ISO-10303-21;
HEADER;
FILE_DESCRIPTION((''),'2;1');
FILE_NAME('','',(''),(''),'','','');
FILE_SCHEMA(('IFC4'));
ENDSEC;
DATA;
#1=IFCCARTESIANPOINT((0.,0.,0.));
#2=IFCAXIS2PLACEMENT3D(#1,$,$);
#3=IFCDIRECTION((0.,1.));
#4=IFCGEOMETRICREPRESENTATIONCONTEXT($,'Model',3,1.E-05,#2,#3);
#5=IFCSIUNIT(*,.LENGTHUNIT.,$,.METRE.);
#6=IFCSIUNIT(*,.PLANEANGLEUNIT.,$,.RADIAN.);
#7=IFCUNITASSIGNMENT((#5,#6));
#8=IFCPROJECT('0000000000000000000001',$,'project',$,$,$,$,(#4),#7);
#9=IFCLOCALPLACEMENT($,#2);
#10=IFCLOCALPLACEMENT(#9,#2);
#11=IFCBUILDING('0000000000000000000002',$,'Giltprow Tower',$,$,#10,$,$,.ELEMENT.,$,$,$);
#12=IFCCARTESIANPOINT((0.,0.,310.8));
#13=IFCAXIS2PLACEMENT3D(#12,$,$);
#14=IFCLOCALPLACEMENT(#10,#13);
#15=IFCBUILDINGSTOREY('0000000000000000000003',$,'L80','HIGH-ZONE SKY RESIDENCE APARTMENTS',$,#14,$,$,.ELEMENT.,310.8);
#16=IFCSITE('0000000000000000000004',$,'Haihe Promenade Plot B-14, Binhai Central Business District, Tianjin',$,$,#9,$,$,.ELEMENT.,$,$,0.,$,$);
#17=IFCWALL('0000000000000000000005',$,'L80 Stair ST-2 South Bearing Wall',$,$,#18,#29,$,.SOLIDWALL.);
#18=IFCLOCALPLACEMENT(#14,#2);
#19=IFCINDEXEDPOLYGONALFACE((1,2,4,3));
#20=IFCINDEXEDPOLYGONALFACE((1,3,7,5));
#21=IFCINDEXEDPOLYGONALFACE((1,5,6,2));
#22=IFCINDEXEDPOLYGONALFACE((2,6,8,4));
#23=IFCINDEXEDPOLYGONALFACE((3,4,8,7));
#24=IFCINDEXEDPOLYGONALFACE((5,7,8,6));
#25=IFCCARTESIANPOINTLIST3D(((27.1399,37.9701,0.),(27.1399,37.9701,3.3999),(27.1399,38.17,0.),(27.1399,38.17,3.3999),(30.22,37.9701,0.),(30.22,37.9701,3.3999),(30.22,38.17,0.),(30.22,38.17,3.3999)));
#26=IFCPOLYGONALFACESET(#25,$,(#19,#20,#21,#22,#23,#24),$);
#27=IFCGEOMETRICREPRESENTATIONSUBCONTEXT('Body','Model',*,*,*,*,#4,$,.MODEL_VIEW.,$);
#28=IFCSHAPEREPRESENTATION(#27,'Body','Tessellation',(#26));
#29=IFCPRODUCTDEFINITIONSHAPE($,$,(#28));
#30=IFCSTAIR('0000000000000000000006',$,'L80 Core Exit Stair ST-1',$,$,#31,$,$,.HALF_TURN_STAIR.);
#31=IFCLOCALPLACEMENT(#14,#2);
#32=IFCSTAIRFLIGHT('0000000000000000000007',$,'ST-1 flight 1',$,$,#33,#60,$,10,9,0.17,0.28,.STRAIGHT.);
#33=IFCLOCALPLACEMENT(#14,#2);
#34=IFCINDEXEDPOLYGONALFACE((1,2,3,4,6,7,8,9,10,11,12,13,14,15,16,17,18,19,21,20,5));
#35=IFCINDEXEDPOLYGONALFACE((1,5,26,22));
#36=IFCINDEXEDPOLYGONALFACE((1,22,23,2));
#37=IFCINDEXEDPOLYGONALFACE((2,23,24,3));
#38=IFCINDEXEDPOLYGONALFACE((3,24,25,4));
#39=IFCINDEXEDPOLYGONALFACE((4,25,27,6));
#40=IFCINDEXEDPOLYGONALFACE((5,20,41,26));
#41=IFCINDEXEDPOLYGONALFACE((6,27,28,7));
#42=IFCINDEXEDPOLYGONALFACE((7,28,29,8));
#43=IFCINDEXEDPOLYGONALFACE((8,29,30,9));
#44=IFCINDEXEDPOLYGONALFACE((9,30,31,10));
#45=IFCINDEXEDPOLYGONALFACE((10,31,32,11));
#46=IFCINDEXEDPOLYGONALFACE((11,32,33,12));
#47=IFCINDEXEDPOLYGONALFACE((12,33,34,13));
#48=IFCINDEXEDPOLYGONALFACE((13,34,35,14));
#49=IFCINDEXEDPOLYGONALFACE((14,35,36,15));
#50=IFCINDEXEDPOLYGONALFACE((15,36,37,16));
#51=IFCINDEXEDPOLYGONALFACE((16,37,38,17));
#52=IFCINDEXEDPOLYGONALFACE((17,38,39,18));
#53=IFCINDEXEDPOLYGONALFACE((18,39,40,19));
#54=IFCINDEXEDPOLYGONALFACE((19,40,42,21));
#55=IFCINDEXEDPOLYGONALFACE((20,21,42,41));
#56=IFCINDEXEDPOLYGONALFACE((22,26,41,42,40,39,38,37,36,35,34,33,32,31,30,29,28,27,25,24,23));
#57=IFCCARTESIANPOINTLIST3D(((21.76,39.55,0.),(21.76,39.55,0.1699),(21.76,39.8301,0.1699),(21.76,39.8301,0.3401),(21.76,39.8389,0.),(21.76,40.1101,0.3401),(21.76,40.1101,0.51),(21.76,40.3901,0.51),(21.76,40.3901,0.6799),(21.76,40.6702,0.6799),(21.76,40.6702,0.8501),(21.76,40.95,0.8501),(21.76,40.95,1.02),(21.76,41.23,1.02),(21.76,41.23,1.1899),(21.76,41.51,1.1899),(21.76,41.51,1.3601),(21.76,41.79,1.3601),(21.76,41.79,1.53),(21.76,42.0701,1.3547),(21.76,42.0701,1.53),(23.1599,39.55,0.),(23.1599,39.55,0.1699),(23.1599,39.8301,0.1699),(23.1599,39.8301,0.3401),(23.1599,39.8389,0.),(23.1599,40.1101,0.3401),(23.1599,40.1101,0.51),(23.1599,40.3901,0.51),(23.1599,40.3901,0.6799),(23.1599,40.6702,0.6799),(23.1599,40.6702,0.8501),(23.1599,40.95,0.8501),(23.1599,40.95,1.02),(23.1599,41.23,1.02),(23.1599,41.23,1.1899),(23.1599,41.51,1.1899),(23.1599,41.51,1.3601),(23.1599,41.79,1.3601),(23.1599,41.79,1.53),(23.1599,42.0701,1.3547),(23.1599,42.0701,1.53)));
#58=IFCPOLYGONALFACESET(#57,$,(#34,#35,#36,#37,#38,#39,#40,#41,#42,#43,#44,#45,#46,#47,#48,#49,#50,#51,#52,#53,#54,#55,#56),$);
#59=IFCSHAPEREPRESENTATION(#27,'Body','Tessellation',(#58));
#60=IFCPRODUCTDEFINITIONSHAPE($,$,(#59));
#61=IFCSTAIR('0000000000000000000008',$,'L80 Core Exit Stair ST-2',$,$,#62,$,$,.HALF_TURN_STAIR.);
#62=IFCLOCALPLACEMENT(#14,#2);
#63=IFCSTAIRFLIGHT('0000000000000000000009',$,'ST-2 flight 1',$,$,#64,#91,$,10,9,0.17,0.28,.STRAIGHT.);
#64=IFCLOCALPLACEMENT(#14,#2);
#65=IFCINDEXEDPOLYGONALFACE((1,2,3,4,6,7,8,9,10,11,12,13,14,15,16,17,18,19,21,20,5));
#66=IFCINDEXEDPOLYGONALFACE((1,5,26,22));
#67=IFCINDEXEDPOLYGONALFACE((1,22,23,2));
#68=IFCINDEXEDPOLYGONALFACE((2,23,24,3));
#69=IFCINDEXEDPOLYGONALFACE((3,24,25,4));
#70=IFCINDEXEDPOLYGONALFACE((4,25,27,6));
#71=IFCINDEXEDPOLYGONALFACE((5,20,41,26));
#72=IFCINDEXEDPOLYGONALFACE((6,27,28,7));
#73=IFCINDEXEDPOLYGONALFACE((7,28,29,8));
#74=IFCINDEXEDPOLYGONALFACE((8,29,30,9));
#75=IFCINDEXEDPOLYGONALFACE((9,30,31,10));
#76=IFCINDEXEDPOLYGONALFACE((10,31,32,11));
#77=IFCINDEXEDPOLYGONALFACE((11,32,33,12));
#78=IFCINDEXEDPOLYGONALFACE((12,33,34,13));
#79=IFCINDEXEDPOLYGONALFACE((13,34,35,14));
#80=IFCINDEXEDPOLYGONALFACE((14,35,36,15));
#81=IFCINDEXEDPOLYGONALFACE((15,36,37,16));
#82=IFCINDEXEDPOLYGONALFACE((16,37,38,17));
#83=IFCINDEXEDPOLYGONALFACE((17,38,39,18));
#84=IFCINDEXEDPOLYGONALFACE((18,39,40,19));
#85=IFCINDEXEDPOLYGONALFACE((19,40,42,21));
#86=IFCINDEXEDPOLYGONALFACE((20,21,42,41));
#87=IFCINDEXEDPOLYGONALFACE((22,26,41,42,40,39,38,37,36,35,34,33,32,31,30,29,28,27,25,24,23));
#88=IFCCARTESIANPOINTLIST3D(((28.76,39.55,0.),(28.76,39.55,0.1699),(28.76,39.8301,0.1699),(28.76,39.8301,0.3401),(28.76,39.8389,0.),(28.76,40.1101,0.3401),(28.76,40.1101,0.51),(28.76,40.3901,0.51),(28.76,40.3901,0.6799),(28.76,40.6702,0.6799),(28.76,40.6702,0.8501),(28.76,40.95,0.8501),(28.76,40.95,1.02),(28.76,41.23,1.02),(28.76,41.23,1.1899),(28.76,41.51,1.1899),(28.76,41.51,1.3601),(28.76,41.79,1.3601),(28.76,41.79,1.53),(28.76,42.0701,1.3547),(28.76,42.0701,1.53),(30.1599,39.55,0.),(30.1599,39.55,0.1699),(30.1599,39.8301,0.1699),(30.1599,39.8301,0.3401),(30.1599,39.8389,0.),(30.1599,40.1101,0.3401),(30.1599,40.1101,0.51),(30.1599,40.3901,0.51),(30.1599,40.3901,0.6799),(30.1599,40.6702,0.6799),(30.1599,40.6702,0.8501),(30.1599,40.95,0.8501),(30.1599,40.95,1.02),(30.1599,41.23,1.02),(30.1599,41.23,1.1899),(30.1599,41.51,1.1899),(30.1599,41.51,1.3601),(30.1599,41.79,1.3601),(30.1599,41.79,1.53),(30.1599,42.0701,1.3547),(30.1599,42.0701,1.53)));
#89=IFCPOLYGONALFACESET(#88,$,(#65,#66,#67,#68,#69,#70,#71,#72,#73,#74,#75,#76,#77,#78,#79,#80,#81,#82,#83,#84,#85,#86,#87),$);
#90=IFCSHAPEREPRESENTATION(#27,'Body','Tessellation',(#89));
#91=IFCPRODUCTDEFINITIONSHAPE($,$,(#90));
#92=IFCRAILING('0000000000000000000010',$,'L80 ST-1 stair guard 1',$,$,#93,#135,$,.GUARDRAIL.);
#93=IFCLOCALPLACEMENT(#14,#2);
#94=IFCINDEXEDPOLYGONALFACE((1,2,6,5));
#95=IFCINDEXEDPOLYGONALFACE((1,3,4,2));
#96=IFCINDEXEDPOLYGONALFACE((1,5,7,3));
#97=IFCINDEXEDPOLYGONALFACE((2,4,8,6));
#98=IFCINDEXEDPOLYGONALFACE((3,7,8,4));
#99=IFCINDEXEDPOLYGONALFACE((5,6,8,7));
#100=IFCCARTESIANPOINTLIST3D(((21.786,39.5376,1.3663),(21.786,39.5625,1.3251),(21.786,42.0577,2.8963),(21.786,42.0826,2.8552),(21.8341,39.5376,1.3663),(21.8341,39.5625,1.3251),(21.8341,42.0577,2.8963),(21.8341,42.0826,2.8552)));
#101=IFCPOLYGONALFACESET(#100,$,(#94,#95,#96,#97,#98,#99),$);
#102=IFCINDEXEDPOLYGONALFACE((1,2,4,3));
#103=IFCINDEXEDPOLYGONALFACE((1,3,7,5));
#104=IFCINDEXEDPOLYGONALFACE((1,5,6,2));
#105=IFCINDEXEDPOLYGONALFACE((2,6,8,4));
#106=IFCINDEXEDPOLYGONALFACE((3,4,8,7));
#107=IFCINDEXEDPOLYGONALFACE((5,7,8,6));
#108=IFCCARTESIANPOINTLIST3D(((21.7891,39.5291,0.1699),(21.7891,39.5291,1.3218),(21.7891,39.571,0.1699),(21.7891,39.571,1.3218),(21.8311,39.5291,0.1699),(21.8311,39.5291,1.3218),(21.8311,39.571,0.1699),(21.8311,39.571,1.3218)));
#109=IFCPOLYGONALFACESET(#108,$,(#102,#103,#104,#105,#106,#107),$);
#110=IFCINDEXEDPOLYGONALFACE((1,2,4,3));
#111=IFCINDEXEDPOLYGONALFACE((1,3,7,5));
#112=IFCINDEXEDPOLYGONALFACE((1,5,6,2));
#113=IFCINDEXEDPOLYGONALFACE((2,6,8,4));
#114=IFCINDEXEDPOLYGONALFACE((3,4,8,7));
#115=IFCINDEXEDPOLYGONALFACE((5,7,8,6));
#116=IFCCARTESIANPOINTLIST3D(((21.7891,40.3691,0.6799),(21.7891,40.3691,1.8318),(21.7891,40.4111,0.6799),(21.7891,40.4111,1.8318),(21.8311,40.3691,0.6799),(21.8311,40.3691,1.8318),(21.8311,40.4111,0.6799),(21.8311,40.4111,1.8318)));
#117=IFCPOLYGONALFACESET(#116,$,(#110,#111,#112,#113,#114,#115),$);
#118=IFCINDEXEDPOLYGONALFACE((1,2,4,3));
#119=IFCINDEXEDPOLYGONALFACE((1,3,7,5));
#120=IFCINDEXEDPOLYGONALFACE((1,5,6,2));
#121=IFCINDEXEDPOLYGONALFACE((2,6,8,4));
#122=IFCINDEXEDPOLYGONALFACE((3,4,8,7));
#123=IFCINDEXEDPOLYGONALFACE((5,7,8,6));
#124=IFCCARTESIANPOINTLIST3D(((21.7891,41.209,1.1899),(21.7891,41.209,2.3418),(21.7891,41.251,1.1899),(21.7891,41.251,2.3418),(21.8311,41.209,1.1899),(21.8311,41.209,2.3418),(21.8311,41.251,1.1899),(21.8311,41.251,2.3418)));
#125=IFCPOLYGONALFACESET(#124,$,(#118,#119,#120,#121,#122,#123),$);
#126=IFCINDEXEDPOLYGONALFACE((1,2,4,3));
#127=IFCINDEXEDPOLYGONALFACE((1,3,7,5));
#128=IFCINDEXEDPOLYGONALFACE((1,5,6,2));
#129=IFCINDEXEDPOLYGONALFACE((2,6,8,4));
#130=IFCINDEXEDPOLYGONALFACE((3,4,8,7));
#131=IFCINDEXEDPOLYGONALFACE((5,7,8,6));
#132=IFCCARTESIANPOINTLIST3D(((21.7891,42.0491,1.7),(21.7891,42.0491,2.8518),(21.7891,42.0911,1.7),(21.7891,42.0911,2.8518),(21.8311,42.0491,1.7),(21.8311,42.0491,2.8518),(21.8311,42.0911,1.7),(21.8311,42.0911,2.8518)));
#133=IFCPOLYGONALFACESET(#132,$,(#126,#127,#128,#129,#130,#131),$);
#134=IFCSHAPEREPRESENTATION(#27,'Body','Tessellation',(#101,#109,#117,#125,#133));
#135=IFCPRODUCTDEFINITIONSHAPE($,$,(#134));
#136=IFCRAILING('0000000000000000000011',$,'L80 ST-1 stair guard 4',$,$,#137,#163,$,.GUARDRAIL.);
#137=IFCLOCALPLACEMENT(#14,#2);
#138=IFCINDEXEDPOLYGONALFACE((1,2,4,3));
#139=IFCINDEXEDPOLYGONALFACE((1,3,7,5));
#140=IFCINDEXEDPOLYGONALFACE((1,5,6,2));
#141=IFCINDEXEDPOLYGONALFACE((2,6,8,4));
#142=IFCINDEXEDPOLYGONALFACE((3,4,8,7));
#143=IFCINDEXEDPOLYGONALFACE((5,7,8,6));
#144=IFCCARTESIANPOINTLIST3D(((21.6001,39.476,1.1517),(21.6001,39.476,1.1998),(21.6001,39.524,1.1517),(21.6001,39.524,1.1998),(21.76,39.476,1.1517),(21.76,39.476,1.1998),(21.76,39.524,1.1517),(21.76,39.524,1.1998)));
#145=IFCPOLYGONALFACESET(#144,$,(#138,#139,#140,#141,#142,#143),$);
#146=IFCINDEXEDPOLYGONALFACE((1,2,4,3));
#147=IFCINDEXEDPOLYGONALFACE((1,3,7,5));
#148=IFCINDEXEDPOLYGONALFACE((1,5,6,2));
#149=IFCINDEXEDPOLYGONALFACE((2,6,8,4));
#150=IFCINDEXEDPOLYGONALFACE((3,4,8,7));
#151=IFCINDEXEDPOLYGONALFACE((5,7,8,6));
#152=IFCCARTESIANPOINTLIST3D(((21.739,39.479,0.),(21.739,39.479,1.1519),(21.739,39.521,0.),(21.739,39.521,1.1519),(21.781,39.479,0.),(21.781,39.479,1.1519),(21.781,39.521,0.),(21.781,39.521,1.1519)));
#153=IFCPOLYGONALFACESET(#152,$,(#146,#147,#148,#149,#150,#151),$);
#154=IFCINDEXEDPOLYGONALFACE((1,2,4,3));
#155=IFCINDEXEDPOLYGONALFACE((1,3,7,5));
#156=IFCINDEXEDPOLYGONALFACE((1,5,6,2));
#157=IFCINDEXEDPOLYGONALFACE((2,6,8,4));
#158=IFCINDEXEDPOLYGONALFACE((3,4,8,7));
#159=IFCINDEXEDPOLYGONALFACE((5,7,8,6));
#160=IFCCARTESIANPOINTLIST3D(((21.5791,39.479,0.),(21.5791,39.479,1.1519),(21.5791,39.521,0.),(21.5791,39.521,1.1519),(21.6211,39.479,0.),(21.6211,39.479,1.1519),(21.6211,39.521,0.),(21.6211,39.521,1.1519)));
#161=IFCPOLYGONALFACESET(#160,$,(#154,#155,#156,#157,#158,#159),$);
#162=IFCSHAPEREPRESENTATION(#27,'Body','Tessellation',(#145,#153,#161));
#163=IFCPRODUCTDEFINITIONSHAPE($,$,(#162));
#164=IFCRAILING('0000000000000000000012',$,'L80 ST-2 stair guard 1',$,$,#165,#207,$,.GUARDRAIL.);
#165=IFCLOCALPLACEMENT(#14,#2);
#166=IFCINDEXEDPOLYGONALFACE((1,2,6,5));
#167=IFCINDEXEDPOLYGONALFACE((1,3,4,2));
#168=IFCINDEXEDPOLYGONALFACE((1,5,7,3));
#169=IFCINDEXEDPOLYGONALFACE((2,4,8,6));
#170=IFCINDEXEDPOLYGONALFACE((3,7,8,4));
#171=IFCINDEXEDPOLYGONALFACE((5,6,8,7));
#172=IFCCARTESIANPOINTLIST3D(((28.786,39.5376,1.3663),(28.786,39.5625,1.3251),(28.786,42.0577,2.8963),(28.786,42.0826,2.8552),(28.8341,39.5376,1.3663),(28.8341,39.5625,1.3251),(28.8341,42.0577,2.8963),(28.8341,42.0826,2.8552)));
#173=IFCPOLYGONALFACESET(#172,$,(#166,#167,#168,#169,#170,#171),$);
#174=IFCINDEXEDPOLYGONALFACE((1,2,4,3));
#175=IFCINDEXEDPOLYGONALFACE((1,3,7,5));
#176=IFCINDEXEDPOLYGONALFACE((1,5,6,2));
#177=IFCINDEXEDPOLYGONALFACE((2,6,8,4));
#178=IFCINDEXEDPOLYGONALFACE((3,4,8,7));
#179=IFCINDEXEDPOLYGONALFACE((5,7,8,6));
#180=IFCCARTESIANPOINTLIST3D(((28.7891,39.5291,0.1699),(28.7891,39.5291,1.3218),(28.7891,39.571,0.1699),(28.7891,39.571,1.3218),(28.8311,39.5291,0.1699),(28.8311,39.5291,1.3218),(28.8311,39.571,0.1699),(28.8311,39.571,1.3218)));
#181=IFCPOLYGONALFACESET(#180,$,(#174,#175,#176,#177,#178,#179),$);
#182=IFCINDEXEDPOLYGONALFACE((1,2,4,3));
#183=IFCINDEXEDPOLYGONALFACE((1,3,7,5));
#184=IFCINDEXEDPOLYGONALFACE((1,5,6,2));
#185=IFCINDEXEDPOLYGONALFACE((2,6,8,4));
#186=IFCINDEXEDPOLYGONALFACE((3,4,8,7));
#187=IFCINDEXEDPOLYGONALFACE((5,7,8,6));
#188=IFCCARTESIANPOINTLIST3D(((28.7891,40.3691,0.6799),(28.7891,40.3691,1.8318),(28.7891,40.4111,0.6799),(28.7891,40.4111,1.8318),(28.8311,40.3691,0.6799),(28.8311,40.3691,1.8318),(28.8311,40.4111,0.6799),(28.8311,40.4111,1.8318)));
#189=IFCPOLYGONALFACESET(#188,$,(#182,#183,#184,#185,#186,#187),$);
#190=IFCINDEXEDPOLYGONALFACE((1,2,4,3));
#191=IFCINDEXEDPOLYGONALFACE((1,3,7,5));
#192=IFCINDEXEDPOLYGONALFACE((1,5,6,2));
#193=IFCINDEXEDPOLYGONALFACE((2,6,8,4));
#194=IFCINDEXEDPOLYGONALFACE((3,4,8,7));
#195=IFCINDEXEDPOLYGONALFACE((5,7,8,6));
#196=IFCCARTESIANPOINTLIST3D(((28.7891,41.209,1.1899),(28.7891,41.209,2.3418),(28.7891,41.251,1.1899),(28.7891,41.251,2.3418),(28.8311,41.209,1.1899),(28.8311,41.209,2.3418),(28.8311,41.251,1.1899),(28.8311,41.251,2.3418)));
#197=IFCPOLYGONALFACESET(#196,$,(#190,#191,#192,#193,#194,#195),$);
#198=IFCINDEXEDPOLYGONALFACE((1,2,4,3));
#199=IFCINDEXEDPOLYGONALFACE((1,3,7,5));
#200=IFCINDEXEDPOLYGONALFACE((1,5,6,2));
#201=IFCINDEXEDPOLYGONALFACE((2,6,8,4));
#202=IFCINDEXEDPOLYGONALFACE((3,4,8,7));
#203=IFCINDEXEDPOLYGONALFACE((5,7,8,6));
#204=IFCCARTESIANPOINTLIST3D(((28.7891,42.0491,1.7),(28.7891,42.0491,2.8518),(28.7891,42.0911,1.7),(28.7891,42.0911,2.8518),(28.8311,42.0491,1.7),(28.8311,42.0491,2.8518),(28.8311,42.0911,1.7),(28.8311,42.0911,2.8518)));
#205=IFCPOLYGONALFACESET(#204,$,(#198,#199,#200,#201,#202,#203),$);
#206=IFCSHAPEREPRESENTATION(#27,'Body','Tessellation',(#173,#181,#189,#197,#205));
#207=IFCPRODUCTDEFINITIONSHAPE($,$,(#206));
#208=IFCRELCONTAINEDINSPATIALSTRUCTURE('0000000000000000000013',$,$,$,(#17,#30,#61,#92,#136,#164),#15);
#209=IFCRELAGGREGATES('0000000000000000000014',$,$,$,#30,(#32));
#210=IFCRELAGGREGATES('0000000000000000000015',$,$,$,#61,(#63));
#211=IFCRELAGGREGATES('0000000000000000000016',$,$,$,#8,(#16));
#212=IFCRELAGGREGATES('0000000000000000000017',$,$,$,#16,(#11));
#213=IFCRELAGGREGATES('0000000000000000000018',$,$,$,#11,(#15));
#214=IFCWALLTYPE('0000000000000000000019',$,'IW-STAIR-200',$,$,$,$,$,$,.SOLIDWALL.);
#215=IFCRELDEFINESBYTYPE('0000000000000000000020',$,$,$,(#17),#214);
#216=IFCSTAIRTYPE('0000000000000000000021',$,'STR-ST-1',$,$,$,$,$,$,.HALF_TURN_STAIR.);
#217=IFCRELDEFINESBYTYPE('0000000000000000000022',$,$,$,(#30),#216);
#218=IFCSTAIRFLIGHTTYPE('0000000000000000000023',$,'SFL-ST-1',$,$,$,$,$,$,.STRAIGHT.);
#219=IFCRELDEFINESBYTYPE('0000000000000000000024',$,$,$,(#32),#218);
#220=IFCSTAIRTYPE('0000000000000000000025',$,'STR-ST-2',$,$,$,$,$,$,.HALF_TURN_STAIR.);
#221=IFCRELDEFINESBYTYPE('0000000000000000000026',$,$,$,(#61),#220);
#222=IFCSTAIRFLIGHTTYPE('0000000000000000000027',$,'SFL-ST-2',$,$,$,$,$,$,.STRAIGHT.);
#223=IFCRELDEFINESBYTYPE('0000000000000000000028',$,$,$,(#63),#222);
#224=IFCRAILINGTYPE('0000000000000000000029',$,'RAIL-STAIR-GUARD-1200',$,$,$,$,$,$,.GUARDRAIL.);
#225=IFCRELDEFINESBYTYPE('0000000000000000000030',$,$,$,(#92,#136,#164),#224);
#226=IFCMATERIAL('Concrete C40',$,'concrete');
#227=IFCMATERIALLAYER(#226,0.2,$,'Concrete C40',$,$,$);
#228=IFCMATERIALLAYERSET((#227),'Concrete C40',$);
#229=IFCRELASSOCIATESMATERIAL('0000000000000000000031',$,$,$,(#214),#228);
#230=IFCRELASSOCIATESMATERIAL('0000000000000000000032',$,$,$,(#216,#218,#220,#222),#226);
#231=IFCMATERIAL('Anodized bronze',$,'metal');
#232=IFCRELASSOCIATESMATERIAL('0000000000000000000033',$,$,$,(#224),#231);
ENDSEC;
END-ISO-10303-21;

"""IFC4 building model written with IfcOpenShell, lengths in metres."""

from ifc_helpers import new_model, si_unit, direction, frame, frame_2d, origin, origin_2d, place, context, subcontext, project, spatial, polyline, rectangle, outline, extrude, material, layer, layer_set, type_object, element, aggregate, save


model = new_model("IFC4")

# Units and contexts
model_context = context("Model", 3, precision=1e-05, world=origin(), true_north=direction((0.0, 1.0)))
body_context = subcontext(model_context, "Body", "Model", "MODEL_VIEW")
ifc_project = project(units=[si_unit("LENGTHUNIT", "METRE"), si_unit("PLANEANGLEUNIT", "RADIAN")], contexts=[model_context])

# Site, building, storey
site_placement = place(None, origin())
site = spatial("IfcSite", under=ifc_project, at=site_placement, Name="Haihe Promenade Plot B-14, Binhai Central Business District, Tianjin", CompositionType="ELEMENT", RefElevation=0.0)
building_placement = place(site_placement, origin())
building = spatial("IfcBuilding", under=site, at=building_placement, Name="Giltprow Tower", CompositionType="ELEMENT")
storey_placement = place(building_placement, frame((0.0, 0.0, 310.8)))
storey = spatial("IfcBuildingStorey", under=building, at=storey_placement, Name="L80", Description="HIGH-ZONE SKY RESIDENCE APARTMENTS", CompositionType="ELEMENT", Elevation=310.8)

# Shared definitions
ifc_material_1 = material(Name="Concrete C40", Category="concrete")
ifc_layer_1 = layer(ifc_material_1, 0.2, Name="Concrete C40")
ifc_layer_set_1 = layer_set([ifc_layer_1], Name="Concrete C40")
wall_type_1 = type_object("IfcWallType", Name="IW-STAIR-200", PredefinedType="SOLIDWALL", material=ifc_layer_set_1)

# Wall
wall_1_placement = place(storey_placement, frame((27.1399, 38.0701, 0.0), z_axis=(0.0, 0.0, 1.0), x_axis=(1.0, 0.0, 0.0)))
element("IfcWall", 1, at=wall_1_placement, inside=storey, type_object=wall_type_1, Name="L80 Stair ST-2 South Bearing Wall", PredefinedType="SOLIDWALL", context=body_context, shape_type="SweptSolid", body=[
    extrude(rectangle(XDim=3.0801, YDim=0.2, at=frame_2d((1.54, 0.0))), origin(), (0.0, 0.0, 1.0), 3.3999),
])

# Stairs, stair flights
stair_type_1 = type_object("IfcStairType", Name="STR-ST-1", PredefinedType="HALF_TURN_STAIR", material=ifc_material_1)
stair_1_placement = place(storey_placement, origin())
stair_1 = element("IfcStair", 2, at=stair_1_placement, inside=storey, type_object=stair_type_1, Name="L80 Core Exit Stair ST-1", PredefinedType="HALF_TURN_STAIR")
stair_flight_type_1 = type_object("IfcStairFlightType", Name="SFL-ST-1", PredefinedType="STRAIGHT", material=ifc_material_1)
stair_flight_1_placement = place(storey_placement, frame((22.46, 39.55, 0.0), z_axis=(0.0, 0.0, 1.0), x_axis=(0.0, 1.0, 0.0)))
stair_flight_1 = element("IfcStairFlight", 3, at=stair_flight_1_placement, type_object=stair_flight_type_1, Name="ST-1 flight 1", NumberOfRisers=10, NumberOfTreads=9, PredefinedType="STRAIGHT", RiserHeight=0.17, TreadLength=0.28, context=body_context, shape_type="SweptSolid", body=[
    extrude(outline(polyline([(0.0, 0.0), (0.0, 0.1699), (0.28, 0.1699), (0.28, 0.3401), (0.5601, 0.3401), (0.5601, 0.51), (0.8401, 0.51), (0.8401, 0.6799), (1.1201, 0.6799), (1.1201, 0.8501), (1.3999, 0.8501), (1.3999, 1.02), (1.6799, 1.02), (1.6799, 1.1899), (1.96, 1.1899), (1.96, 1.3601), (2.24, 1.3601), (2.24, 1.53), (2.52, 1.53), (2.52, 1.7), (2.52, 1.3547), (0.2888, 0.0), (0.0, 0.0)])), frame((0.0, 0.7, 0.0), z_axis=(0.0, -1.0, 0.0), x_axis=(1.0, 0.0, 0.0)), (0.0, 0.0, 1.0), 1.3999),
])
aggregate(stair_1, [stair_flight_1])
stair_type_2 = type_object("IfcStairType", Name="STR-ST-2", PredefinedType="HALF_TURN_STAIR", material=ifc_material_1)
stair_2_placement = place(storey_placement, origin())
stair_2 = element("IfcStair", 4, at=stair_2_placement, inside=storey, type_object=stair_type_2, Name="L80 Core Exit Stair ST-2", PredefinedType="HALF_TURN_STAIR")
stair_flight_type_2 = type_object("IfcStairFlightType", Name="SFL-ST-2", PredefinedType="STRAIGHT", material=ifc_material_1)
stair_flight_2_placement = place(storey_placement, frame((29.46, 39.55, 0.0), z_axis=(0.0, 0.0, 1.0), x_axis=(0.0, 1.0, 0.0)))
stair_flight_2 = element("IfcStairFlight", 5, at=stair_flight_2_placement, type_object=stair_flight_type_2, Name="ST-2 flight 1", NumberOfRisers=10, NumberOfTreads=9, PredefinedType="STRAIGHT", RiserHeight=0.17, TreadLength=0.28, context=body_context, shape_type="SweptSolid", body=[
    extrude(outline(polyline([(0.0, 0.0), (0.0, 0.1699), (0.28, 0.1699), (0.28, 0.3401), (0.5601, 0.3401), (0.5601, 0.51), (0.8401, 0.51), (0.8401, 0.6799), (1.1201, 0.6799), (1.1201, 0.8501), (1.3999, 0.8501), (1.3999, 1.02), (1.6799, 1.02), (1.6799, 1.1899), (1.96, 1.1899), (1.96, 1.3601), (2.24, 1.3601), (2.24, 1.53), (2.52, 1.53), (2.52, 1.7), (2.52, 1.3547), (0.2888, 0.0), (0.0, 0.0)])), frame((0.0, 0.7, 0.0), z_axis=(0.0, -1.0, 0.0), x_axis=(1.0, 0.0, 0.0)), (0.0, 0.0, 1.0), 1.3999),
])
aggregate(stair_2, [stair_flight_2])

# Railings
ifc_material_2 = material(Name="Anodized bronze", Category="metal")
railing_type_1 = type_object("IfcRailingType", Name="RAIL-STAIR-GUARD-1200", PredefinedType="GUARDRAIL", material=ifc_material_2)
railing_1_placement = place(storey_placement, frame((21.8101, 39.55, 0.1699)))
element("IfcRailing", 6, at=railing_1_placement, inside=storey, type_object=railing_type_1, Name="L80 ST-1 stair guard 1", PredefinedType="GUARDRAIL", context=body_context, shape_type="SweptSolid", body=[
    extrude(rectangle(XDim=0.0481, YDim=0.0481, at=origin_2d()), frame((0.0, 0.0, 1.1758), z_axis=(0.0, 0.854785, 0.518982), x_axis=(-1.0, 0.0, 0.0)), (0.0, 0.0, 1.0), 2.9482),
    extrude(rectangle(XDim=0.042, YDim=0.042, at=origin_2d()), origin(), (0.0, 0.0, 1.0), 1.1519),
    extrude(rectangle(XDim=0.042, YDim=0.042, at=origin_2d()), frame((0.0, 0.8401, 0.51)), (0.0, 0.0, 1.0), 1.1519),
    extrude(rectangle(XDim=0.042, YDim=0.042, at=origin_2d()), frame((0.0, 1.6799, 1.02)), (0.0, 0.0, 1.0), 1.1519),
    extrude(rectangle(XDim=0.042, YDim=0.042, at=origin_2d()), frame((0.0, 2.52, 1.53)), (0.0, 0.0, 1.0), 1.1519),
])
railing_2_placement = place(storey_placement, frame((21.76, 39.5, 0.0)))
element("IfcRailing", 7, at=railing_2_placement, inside=storey, type_object=railing_type_1, Name="L80 ST-1 stair guard 4", PredefinedType="GUARDRAIL", context=body_context, shape_type="SweptSolid", body=[
    extrude(rectangle(XDim=0.0481, YDim=0.0481, at=origin_2d()), frame((0.0, 0.0, 1.1758), z_axis=(-1.0, 0.0, 0.0), x_axis=(0.0, -1.0, 0.0)), (0.0, 0.0, 1.0), 0.1599),
    extrude(rectangle(XDim=0.042, YDim=0.042, at=origin_2d()), origin(), (0.0, 0.0, 1.0), 1.1519),
    extrude(rectangle(XDim=0.042, YDim=0.042, at=origin_2d()), frame((-0.1599, 0.0, 0.0)), (0.0, 0.0, 1.0), 1.1519),
])
railing_3_placement = place(storey_placement, frame((28.8101, 39.55, 0.1699)))
element("IfcRailing", 8, at=railing_3_placement, inside=storey, type_object=railing_type_1, Name="L80 ST-2 stair guard 1", PredefinedType="GUARDRAIL", context=body_context, shape_type="SweptSolid", body=[
    extrude(rectangle(XDim=0.0481, YDim=0.0481, at=origin_2d()), frame((0.0, 0.0, 1.1758), z_axis=(0.0, 0.854785, 0.518982), x_axis=(-1.0, 0.0, 0.0)), (0.0, 0.0, 1.0), 2.9482),
    extrude(rectangle(XDim=0.042, YDim=0.042, at=origin_2d()), origin(), (0.0, 0.0, 1.0), 1.1519),
    extrude(rectangle(XDim=0.042, YDim=0.042, at=origin_2d()), frame((0.0, 0.8401, 0.51)), (0.0, 0.0, 1.0), 1.1519),
    extrude(rectangle(XDim=0.042, YDim=0.042, at=origin_2d()), frame((0.0, 1.6799, 1.02)), (0.0, 0.0, 1.0), 1.1519),
    extrude(rectangle(XDim=0.042, YDim=0.042, at=origin_2d()), frame((0.0, 2.52, 1.53)), (0.0, 0.0, 1.0), 1.1519),
])

save(model, "model.ifc")
